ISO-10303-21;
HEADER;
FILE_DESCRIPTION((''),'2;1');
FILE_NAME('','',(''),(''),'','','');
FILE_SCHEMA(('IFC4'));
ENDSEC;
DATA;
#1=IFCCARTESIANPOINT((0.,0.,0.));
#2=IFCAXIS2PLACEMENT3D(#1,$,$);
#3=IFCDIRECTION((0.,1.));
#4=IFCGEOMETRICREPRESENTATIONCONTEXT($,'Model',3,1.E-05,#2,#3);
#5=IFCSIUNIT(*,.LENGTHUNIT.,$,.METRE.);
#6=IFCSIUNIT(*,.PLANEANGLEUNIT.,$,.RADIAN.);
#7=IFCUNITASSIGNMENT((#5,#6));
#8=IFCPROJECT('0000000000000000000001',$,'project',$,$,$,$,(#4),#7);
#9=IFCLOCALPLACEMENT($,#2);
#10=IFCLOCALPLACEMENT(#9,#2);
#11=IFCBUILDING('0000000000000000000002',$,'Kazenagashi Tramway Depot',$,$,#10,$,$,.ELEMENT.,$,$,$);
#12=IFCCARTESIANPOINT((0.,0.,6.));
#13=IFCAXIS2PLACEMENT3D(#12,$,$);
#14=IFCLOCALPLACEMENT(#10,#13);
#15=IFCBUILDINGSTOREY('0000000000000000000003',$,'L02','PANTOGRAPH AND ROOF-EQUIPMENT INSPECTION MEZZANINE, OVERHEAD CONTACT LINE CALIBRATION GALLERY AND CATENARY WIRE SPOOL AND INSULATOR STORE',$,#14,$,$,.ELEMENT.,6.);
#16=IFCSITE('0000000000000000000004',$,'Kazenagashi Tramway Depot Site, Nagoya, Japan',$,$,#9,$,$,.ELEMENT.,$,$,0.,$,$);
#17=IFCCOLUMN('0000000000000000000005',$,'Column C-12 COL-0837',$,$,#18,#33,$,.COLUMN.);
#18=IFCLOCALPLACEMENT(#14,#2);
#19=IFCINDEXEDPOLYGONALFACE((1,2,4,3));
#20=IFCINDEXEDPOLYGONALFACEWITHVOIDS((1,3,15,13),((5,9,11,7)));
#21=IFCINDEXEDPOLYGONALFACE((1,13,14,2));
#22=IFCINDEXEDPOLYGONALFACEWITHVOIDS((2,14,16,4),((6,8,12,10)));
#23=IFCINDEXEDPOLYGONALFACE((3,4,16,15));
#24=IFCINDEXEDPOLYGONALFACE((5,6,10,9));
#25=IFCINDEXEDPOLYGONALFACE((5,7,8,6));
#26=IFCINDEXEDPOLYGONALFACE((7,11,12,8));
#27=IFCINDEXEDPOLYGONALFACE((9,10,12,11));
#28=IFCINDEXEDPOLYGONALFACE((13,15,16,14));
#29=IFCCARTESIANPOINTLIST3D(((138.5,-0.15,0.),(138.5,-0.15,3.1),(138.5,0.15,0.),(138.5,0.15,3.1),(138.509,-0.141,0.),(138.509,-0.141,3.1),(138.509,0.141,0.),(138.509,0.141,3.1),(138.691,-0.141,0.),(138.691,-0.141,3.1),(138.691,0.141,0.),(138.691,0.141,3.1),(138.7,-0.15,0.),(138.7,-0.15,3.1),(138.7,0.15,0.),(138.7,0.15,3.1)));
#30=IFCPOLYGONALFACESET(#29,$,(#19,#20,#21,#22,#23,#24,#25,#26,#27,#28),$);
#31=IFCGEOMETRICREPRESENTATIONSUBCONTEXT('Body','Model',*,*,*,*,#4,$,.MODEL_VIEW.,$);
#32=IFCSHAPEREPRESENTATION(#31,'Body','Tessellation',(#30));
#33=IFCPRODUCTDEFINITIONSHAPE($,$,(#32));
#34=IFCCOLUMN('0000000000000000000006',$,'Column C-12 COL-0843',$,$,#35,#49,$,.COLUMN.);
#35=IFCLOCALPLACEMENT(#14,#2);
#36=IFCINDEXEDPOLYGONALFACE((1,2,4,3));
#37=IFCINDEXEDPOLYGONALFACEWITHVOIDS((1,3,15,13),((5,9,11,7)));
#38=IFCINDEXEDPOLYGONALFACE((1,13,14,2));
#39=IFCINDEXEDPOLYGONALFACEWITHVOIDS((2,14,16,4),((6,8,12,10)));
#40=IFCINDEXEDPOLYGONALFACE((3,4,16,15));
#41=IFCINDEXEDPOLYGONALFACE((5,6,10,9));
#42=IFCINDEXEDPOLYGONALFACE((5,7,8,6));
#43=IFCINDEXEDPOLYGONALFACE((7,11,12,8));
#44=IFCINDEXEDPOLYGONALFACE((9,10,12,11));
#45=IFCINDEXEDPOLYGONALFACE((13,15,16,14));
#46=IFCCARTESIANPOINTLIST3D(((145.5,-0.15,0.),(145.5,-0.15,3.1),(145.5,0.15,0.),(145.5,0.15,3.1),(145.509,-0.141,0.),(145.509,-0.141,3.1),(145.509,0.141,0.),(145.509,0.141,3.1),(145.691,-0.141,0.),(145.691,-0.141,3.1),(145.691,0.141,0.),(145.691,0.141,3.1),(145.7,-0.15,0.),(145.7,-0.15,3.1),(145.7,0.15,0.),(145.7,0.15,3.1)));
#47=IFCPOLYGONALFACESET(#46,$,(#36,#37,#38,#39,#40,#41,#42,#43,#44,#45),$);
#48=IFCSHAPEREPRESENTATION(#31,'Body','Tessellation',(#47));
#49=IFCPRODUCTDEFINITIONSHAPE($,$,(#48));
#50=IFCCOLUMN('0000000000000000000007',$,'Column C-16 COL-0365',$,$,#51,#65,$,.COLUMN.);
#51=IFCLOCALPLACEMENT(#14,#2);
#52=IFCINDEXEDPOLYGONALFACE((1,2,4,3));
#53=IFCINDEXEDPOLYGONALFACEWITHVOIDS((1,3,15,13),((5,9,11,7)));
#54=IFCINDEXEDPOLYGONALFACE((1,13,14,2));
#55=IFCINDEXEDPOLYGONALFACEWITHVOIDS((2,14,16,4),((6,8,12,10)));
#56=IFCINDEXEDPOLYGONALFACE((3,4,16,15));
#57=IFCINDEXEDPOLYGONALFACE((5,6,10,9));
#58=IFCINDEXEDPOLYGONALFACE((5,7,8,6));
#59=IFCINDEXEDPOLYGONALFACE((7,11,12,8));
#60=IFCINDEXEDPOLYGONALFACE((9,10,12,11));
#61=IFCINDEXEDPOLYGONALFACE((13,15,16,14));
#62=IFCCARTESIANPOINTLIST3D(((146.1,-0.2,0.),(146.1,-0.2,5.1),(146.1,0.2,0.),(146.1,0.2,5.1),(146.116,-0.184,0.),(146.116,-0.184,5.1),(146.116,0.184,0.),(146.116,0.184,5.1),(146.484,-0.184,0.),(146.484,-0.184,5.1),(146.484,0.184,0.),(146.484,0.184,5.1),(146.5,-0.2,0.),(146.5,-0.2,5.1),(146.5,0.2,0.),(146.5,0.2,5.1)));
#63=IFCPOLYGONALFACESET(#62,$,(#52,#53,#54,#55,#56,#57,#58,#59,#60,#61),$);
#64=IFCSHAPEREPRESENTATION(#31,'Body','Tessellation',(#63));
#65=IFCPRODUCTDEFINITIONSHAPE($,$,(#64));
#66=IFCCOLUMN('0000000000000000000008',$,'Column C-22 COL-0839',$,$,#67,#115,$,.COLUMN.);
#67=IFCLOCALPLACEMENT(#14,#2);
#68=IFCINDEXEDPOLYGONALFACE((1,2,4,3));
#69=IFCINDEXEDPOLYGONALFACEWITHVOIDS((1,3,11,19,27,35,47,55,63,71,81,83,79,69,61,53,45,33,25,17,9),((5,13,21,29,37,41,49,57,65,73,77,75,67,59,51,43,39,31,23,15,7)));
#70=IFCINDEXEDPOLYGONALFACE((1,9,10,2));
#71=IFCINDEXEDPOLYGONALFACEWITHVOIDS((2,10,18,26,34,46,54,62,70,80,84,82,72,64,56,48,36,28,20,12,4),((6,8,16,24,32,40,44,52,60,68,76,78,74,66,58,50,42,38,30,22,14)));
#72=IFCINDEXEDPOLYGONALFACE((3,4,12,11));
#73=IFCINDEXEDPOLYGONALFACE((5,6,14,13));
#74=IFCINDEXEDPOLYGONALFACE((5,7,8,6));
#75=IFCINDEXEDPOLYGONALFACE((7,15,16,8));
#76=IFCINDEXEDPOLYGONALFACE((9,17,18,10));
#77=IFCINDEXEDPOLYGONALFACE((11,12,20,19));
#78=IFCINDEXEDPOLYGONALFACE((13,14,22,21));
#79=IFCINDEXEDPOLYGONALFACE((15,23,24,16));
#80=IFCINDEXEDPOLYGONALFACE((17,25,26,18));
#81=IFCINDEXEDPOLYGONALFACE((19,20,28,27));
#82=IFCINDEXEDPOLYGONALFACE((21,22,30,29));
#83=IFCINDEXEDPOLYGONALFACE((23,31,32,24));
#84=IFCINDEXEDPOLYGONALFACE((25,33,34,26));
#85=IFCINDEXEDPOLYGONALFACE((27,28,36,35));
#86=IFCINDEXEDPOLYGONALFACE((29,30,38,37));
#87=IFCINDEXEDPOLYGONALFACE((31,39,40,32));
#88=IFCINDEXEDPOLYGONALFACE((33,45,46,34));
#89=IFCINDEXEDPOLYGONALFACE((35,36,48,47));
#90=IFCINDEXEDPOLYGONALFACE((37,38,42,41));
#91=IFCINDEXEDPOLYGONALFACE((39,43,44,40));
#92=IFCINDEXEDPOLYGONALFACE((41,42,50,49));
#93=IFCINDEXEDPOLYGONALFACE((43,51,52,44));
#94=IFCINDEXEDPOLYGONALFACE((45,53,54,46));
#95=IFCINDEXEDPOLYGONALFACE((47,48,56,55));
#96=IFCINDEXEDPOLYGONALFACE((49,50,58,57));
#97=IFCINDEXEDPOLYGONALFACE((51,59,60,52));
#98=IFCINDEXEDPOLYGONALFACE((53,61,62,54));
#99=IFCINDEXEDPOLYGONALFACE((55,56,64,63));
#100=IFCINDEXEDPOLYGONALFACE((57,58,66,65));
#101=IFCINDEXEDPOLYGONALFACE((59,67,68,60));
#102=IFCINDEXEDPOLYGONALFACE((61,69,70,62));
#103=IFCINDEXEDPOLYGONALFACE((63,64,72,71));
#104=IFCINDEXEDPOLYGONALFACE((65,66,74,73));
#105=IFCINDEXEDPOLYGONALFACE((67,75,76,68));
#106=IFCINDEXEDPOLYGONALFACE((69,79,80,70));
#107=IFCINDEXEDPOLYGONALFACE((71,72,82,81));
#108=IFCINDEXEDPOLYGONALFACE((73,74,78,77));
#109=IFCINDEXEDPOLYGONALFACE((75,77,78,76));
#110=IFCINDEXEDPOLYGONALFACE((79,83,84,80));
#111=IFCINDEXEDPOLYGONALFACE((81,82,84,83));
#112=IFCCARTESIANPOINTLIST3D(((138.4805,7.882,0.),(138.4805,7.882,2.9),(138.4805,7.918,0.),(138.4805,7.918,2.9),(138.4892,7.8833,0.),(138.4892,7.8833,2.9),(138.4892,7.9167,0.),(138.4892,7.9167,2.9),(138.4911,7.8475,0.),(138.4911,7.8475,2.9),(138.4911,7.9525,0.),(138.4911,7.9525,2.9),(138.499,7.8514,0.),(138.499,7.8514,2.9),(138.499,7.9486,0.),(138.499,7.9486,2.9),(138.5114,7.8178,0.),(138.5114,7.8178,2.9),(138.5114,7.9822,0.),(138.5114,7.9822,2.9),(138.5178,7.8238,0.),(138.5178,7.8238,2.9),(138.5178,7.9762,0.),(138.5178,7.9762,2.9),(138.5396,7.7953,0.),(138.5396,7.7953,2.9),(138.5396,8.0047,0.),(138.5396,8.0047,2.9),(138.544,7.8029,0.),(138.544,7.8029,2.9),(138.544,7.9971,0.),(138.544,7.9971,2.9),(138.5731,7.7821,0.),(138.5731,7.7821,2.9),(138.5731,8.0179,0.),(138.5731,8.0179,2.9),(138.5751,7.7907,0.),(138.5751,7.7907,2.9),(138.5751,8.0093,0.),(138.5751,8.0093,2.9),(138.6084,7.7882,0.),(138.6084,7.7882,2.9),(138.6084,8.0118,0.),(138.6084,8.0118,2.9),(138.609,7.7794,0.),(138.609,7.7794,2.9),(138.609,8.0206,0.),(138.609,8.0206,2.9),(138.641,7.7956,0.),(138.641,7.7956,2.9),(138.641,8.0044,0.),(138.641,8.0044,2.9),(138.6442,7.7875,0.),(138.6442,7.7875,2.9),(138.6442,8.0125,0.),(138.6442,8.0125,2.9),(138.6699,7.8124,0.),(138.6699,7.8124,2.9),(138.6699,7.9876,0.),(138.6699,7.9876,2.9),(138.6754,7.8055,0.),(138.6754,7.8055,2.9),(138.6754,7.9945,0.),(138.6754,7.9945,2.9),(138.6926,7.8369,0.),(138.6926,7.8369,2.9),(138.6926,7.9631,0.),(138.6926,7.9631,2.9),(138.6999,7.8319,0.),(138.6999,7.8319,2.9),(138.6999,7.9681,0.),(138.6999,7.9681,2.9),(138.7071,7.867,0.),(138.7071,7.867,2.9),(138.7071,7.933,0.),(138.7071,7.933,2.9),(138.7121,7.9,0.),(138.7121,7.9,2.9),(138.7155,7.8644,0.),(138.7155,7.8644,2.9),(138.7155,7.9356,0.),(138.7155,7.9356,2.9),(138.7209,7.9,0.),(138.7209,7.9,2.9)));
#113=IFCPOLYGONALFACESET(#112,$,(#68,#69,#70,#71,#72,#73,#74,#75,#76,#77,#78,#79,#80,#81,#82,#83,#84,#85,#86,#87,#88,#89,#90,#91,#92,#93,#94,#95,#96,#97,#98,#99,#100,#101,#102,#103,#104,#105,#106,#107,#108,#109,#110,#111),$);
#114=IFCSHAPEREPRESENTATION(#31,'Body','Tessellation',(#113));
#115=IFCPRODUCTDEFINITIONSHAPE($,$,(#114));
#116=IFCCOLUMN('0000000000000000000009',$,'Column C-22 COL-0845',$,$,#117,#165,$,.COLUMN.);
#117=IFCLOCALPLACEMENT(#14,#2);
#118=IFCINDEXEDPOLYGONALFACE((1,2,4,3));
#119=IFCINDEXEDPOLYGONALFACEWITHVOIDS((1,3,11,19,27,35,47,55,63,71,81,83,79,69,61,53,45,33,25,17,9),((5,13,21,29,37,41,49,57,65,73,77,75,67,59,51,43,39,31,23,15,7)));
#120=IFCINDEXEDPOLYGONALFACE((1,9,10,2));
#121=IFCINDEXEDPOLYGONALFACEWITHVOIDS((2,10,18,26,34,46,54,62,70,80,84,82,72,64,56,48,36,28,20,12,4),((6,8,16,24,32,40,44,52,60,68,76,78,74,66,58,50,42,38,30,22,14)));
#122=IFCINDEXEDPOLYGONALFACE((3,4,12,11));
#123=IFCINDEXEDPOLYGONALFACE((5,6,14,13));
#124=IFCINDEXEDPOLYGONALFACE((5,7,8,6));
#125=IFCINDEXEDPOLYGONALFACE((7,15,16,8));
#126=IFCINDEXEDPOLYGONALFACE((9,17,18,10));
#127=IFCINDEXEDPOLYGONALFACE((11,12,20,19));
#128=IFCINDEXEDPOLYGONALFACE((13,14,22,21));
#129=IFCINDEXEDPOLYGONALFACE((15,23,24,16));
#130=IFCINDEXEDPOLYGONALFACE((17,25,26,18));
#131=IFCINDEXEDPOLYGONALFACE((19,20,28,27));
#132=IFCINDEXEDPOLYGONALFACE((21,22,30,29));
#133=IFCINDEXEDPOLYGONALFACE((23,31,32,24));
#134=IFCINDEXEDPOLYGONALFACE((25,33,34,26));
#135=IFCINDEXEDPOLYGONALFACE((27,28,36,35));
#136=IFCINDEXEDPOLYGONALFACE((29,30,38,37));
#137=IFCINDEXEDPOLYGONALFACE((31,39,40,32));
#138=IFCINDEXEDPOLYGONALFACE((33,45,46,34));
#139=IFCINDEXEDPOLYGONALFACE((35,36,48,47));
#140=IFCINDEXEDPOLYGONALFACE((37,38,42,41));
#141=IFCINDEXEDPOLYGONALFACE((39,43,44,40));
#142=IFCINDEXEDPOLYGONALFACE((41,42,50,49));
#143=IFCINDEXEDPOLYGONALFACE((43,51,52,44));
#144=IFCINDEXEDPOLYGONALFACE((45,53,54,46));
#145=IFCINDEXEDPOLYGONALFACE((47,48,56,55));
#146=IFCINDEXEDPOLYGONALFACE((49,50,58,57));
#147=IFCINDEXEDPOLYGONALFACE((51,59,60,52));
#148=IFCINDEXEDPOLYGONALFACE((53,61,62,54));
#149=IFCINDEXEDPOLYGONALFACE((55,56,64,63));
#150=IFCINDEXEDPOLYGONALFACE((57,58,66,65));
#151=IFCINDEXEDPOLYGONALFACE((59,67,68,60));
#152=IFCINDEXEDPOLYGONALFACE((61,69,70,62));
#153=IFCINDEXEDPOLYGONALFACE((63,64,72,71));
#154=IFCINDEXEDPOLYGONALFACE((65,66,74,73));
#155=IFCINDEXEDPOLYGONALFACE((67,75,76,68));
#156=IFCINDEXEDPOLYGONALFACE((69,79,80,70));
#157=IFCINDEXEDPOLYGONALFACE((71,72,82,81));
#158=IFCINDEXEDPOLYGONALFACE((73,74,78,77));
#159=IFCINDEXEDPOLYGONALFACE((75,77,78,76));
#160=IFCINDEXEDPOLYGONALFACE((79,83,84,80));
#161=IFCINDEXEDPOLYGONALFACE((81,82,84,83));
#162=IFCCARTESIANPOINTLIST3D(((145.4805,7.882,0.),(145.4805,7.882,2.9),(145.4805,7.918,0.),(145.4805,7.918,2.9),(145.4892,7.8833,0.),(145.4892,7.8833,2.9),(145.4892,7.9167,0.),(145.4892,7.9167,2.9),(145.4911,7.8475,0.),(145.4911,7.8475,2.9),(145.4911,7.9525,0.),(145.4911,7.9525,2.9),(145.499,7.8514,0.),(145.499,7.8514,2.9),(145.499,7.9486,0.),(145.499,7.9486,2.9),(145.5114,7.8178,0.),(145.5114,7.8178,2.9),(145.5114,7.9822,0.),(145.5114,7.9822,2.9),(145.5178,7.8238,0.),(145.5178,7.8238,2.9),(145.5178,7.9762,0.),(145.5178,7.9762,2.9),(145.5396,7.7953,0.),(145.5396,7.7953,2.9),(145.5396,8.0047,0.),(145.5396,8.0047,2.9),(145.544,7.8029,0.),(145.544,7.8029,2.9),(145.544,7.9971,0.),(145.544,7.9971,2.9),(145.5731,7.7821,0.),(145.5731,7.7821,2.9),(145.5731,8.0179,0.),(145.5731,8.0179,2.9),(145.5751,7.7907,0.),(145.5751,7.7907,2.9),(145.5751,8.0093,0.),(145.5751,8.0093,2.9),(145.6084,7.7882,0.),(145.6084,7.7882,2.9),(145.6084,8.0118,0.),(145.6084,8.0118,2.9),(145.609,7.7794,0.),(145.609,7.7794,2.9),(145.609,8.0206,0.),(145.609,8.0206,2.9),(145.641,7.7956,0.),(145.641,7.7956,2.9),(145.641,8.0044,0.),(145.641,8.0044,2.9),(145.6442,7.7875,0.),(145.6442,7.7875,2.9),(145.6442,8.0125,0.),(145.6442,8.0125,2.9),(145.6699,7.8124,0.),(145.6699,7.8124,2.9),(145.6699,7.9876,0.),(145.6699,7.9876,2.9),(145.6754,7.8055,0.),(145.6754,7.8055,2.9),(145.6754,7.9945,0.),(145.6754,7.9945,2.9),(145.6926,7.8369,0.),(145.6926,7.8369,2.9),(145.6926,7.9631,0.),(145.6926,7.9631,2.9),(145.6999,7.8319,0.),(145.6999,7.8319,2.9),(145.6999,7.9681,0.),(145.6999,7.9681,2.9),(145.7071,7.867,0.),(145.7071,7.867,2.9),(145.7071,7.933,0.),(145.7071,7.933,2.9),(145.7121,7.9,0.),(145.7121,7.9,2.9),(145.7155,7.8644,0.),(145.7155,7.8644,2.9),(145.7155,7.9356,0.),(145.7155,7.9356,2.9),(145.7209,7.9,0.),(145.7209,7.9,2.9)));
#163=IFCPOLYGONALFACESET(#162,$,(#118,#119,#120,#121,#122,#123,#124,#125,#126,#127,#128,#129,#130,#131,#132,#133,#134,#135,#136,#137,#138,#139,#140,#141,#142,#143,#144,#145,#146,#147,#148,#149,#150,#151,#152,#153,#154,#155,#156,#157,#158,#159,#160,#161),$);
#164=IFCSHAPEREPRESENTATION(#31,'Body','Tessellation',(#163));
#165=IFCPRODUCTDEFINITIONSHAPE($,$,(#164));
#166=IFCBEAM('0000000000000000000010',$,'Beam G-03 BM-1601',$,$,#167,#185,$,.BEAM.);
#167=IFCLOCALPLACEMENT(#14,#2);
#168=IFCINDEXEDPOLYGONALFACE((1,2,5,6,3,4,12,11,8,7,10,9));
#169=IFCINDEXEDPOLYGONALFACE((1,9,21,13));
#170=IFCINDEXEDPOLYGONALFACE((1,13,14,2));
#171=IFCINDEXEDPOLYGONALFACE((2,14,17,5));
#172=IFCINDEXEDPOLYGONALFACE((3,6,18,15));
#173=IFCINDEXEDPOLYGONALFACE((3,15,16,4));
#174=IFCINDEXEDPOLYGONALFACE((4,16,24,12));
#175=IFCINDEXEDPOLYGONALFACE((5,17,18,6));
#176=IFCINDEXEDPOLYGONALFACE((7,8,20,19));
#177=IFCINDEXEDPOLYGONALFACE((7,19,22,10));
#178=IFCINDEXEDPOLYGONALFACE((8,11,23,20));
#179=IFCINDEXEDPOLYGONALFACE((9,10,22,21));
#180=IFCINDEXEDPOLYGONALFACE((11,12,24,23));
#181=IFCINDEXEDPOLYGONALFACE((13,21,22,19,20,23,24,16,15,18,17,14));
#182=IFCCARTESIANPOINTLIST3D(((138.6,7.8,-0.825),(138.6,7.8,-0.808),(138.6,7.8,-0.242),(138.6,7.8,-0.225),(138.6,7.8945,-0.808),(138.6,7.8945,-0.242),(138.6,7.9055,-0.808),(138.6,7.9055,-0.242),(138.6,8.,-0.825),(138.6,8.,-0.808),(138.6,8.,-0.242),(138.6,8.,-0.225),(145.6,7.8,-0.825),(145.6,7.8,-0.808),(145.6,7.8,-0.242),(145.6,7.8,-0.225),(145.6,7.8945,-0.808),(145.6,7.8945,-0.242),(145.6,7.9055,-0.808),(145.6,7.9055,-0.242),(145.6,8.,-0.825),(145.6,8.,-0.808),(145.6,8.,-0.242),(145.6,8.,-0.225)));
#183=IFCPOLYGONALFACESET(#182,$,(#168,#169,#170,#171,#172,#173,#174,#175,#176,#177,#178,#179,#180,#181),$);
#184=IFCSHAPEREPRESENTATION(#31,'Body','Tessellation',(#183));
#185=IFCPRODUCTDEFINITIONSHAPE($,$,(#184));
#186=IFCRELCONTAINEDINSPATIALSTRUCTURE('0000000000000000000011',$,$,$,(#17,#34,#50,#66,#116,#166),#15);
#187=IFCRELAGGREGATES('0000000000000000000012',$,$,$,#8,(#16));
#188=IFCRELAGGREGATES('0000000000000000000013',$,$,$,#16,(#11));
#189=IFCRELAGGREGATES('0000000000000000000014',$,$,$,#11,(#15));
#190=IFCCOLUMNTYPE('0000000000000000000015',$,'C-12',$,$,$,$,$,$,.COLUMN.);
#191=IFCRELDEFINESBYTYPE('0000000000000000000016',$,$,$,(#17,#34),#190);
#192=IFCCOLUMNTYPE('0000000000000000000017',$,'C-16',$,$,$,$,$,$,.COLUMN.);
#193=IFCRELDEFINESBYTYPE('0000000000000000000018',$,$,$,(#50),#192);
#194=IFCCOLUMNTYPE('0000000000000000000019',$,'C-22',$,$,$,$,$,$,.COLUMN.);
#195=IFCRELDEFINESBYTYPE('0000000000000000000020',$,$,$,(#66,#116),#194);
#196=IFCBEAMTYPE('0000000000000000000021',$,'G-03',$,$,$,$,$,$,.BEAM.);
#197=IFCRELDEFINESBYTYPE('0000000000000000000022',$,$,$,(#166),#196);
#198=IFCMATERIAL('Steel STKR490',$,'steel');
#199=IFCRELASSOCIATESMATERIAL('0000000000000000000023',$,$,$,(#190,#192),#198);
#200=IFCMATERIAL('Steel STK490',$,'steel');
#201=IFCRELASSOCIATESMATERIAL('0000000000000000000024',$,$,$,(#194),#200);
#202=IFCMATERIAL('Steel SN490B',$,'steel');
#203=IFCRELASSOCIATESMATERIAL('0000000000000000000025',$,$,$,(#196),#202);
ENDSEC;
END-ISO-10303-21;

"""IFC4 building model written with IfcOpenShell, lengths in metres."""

from ifc_helpers import new_model, si_unit, direction, frame, origin, origin_2d, place, context, subcontext, project, spatial, hollow_rectangle, hollow_circle, i_section, extrude, material, material_profile, profile_set, type_object, element, save


model = new_model("IFC4")

# Units and contexts
model_context = context("Model", 3, precision=1e-05, world=origin(), true_north=direction((0.0, 1.0)))
body_context = subcontext(model_context, "Body", "Model", "MODEL_VIEW")
ifc_project = project(units=[si_unit("LENGTHUNIT", "METRE"), si_unit("PLANEANGLEUNIT", "RADIAN")], contexts=[model_context])

# Site, building, storey
site_placement = place(None, origin())
site = spatial("IfcSite", under=ifc_project, at=site_placement, Name="Kazenagashi Tramway Depot Site, Nagoya, Japan", CompositionType="ELEMENT", RefElevation=0.0)
building_placement = place(site_placement, origin())
building = spatial("IfcBuilding", under=site, at=building_placement, Name="Kazenagashi Tramway Depot", CompositionType="ELEMENT")
storey_placement = place(building_placement, frame((0.0, 0.0, 6.0)))
storey = spatial("IfcBuildingStorey", under=building, at=storey_placement, Name="L02", Description="PANTOGRAPH AND ROOF-EQUIPMENT INSPECTION MEZZANINE, OVERHEAD CONTACT LINE CALIBRATION GALLERY AND CATENARY WIRE SPOOL AND INSULATOR STORE", CompositionType="ELEMENT", Elevation=6.0)

# Columns
ifc_material_1 = material(Name="Steel STKR490", Category="steel")
ifc_material_profile_1 = material_profile(ifc_material_1, hollow_rectangle(XDim=0.2, YDim=0.3, WallThickness=0.009, at=origin_2d()), Name="RHS-300x200x9")
ifc_profile_set_1 = profile_set([ifc_material_profile_1], Name="Steel STKR490")
column_type_1 = type_object("IfcColumnType", Name="C-12", PredefinedType="COLUMN", material=ifc_profile_set_1)
for number, where, z_axis, x_axis, name in (
    (1, (138.6, 0.0, 0.0), (0.0, 0.0, 1.0), (1.0, 0.0, 0.0), "Column C-12 COL-0837"),
    (2, (145.6, 0.0, 0.0), (0.0, 0.0, 1.0), (1.0, 0.0, 0.0), "Column C-12 COL-0843"),
):
    element("IfcColumn", number, at=place(storey_placement, frame(where, z_axis=z_axis, x_axis=x_axis)), inside=storey, type_object=column_type_1, Name=name, PredefinedType="COLUMN", context=body_context, shape_type="SweptSolid", body=[
        extrude(hollow_rectangle(XDim=0.2, YDim=0.3, WallThickness=0.009, at=origin_2d()), origin(), (0.0, 0.0, 1.0), 3.1),
    ])
ifc_material_profile_2 = material_profile(ifc_material_1, hollow_rectangle(XDim=0.4, YDim=0.4, WallThickness=0.016, at=origin_2d()), Name="SHS-400x400x16")
ifc_profile_set_2 = profile_set([ifc_material_profile_2], Name="Steel STKR490")
column_type_2 = type_object("IfcColumnType", Name="C-16", PredefinedType="COLUMN", material=ifc_profile_set_2)
column_placement = place(storey_placement, frame((146.3, 0.0, 0.0), z_axis=(0.0, 0.0, 1.0), x_axis=(1.0, 0.0, 0.0)))
element("IfcColumn", 3, at=column_placement, inside=storey, type_object=column_type_2, Name="Column C-16 COL-0365", PredefinedType="COLUMN", context=body_context, shape_type="SweptSolid", body=[
    extrude(hollow_rectangle(XDim=0.4, YDim=0.4, WallThickness=0.016, at=origin_2d()), origin(), (0.0, 0.0, 1.0), 5.1),
])
ifc_material_2 = material(Name="Steel STK490", Category="steel")
ifc_material_profile_3 = material_profile(ifc_material_2, hollow_circle(Radius=0.1209, WallThickness=0.0088, at=origin_2d()), Name="CHS-241.8x8.8")
ifc_profile_set_3 = profile_set([ifc_material_profile_3], Name="Steel STK490")
column_type_3 = type_object("IfcColumnType", Name="C-22", PredefinedType="COLUMN", material=ifc_profile_set_3)
for number, where, z_axis, x_axis, name in (
    (4, (138.6, 7.9, 0.0), (0.0, 0.0, 1.0), (1.0, 0.0, 0.0), "Column C-22 COL-0839"),
    (5, (145.6, 7.9, 0.0), (0.0, 0.0, 1.0), (1.0, 0.0, 0.0), "Column C-22 COL-0845"),
):
    element("IfcColumn", number, at=place(storey_placement, frame(where, z_axis=z_axis, x_axis=x_axis)), inside=storey, type_object=column_type_3, Name=name, PredefinedType="COLUMN", context=body_context, shape_type="SweptSolid", body=[
        extrude(hollow_circle(Radius=0.1209, WallThickness=0.0088, at=origin_2d()), origin(), (0.0, 0.0, 1.0), 2.9),
    ])

# Beam
ifc_material_3 = material(Name="Steel SN490B", Category="steel")
ifc_material_profile_4 = material_profile(ifc_material_3, i_section(OverallWidth=0.2, OverallDepth=0.6, WebThickness=0.011, FlangeThickness=0.017, at=origin_2d()), Name="H-600x200x11x17")
ifc_profile_set_4 = profile_set([ifc_material_profile_4], Name="Steel SN490B")
beam_type_1 = type_object("IfcBeamType", Name="G-03", PredefinedType="BEAM", material=ifc_profile_set_4)
beam_1_placement = place(storey_placement, frame((138.6, 7.9, -0.525), z_axis=(1.0, 0.0, 0.0), x_axis=(0.0, 1.0, 0.0)))
element("IfcBeam", 6, at=beam_1_placement, inside=storey, type_object=beam_type_1, Name="Beam G-03 BM-1601", PredefinedType="BEAM", context=body_context, shape_type="SweptSolid", body=[
    extrude(i_section(OverallWidth=0.2, OverallDepth=0.6, WebThickness=0.011, FlangeThickness=0.017, at=origin_2d()), origin(), (0.0, 0.0, 1.0), 7.0),
])

save(model, "model.ifc")
